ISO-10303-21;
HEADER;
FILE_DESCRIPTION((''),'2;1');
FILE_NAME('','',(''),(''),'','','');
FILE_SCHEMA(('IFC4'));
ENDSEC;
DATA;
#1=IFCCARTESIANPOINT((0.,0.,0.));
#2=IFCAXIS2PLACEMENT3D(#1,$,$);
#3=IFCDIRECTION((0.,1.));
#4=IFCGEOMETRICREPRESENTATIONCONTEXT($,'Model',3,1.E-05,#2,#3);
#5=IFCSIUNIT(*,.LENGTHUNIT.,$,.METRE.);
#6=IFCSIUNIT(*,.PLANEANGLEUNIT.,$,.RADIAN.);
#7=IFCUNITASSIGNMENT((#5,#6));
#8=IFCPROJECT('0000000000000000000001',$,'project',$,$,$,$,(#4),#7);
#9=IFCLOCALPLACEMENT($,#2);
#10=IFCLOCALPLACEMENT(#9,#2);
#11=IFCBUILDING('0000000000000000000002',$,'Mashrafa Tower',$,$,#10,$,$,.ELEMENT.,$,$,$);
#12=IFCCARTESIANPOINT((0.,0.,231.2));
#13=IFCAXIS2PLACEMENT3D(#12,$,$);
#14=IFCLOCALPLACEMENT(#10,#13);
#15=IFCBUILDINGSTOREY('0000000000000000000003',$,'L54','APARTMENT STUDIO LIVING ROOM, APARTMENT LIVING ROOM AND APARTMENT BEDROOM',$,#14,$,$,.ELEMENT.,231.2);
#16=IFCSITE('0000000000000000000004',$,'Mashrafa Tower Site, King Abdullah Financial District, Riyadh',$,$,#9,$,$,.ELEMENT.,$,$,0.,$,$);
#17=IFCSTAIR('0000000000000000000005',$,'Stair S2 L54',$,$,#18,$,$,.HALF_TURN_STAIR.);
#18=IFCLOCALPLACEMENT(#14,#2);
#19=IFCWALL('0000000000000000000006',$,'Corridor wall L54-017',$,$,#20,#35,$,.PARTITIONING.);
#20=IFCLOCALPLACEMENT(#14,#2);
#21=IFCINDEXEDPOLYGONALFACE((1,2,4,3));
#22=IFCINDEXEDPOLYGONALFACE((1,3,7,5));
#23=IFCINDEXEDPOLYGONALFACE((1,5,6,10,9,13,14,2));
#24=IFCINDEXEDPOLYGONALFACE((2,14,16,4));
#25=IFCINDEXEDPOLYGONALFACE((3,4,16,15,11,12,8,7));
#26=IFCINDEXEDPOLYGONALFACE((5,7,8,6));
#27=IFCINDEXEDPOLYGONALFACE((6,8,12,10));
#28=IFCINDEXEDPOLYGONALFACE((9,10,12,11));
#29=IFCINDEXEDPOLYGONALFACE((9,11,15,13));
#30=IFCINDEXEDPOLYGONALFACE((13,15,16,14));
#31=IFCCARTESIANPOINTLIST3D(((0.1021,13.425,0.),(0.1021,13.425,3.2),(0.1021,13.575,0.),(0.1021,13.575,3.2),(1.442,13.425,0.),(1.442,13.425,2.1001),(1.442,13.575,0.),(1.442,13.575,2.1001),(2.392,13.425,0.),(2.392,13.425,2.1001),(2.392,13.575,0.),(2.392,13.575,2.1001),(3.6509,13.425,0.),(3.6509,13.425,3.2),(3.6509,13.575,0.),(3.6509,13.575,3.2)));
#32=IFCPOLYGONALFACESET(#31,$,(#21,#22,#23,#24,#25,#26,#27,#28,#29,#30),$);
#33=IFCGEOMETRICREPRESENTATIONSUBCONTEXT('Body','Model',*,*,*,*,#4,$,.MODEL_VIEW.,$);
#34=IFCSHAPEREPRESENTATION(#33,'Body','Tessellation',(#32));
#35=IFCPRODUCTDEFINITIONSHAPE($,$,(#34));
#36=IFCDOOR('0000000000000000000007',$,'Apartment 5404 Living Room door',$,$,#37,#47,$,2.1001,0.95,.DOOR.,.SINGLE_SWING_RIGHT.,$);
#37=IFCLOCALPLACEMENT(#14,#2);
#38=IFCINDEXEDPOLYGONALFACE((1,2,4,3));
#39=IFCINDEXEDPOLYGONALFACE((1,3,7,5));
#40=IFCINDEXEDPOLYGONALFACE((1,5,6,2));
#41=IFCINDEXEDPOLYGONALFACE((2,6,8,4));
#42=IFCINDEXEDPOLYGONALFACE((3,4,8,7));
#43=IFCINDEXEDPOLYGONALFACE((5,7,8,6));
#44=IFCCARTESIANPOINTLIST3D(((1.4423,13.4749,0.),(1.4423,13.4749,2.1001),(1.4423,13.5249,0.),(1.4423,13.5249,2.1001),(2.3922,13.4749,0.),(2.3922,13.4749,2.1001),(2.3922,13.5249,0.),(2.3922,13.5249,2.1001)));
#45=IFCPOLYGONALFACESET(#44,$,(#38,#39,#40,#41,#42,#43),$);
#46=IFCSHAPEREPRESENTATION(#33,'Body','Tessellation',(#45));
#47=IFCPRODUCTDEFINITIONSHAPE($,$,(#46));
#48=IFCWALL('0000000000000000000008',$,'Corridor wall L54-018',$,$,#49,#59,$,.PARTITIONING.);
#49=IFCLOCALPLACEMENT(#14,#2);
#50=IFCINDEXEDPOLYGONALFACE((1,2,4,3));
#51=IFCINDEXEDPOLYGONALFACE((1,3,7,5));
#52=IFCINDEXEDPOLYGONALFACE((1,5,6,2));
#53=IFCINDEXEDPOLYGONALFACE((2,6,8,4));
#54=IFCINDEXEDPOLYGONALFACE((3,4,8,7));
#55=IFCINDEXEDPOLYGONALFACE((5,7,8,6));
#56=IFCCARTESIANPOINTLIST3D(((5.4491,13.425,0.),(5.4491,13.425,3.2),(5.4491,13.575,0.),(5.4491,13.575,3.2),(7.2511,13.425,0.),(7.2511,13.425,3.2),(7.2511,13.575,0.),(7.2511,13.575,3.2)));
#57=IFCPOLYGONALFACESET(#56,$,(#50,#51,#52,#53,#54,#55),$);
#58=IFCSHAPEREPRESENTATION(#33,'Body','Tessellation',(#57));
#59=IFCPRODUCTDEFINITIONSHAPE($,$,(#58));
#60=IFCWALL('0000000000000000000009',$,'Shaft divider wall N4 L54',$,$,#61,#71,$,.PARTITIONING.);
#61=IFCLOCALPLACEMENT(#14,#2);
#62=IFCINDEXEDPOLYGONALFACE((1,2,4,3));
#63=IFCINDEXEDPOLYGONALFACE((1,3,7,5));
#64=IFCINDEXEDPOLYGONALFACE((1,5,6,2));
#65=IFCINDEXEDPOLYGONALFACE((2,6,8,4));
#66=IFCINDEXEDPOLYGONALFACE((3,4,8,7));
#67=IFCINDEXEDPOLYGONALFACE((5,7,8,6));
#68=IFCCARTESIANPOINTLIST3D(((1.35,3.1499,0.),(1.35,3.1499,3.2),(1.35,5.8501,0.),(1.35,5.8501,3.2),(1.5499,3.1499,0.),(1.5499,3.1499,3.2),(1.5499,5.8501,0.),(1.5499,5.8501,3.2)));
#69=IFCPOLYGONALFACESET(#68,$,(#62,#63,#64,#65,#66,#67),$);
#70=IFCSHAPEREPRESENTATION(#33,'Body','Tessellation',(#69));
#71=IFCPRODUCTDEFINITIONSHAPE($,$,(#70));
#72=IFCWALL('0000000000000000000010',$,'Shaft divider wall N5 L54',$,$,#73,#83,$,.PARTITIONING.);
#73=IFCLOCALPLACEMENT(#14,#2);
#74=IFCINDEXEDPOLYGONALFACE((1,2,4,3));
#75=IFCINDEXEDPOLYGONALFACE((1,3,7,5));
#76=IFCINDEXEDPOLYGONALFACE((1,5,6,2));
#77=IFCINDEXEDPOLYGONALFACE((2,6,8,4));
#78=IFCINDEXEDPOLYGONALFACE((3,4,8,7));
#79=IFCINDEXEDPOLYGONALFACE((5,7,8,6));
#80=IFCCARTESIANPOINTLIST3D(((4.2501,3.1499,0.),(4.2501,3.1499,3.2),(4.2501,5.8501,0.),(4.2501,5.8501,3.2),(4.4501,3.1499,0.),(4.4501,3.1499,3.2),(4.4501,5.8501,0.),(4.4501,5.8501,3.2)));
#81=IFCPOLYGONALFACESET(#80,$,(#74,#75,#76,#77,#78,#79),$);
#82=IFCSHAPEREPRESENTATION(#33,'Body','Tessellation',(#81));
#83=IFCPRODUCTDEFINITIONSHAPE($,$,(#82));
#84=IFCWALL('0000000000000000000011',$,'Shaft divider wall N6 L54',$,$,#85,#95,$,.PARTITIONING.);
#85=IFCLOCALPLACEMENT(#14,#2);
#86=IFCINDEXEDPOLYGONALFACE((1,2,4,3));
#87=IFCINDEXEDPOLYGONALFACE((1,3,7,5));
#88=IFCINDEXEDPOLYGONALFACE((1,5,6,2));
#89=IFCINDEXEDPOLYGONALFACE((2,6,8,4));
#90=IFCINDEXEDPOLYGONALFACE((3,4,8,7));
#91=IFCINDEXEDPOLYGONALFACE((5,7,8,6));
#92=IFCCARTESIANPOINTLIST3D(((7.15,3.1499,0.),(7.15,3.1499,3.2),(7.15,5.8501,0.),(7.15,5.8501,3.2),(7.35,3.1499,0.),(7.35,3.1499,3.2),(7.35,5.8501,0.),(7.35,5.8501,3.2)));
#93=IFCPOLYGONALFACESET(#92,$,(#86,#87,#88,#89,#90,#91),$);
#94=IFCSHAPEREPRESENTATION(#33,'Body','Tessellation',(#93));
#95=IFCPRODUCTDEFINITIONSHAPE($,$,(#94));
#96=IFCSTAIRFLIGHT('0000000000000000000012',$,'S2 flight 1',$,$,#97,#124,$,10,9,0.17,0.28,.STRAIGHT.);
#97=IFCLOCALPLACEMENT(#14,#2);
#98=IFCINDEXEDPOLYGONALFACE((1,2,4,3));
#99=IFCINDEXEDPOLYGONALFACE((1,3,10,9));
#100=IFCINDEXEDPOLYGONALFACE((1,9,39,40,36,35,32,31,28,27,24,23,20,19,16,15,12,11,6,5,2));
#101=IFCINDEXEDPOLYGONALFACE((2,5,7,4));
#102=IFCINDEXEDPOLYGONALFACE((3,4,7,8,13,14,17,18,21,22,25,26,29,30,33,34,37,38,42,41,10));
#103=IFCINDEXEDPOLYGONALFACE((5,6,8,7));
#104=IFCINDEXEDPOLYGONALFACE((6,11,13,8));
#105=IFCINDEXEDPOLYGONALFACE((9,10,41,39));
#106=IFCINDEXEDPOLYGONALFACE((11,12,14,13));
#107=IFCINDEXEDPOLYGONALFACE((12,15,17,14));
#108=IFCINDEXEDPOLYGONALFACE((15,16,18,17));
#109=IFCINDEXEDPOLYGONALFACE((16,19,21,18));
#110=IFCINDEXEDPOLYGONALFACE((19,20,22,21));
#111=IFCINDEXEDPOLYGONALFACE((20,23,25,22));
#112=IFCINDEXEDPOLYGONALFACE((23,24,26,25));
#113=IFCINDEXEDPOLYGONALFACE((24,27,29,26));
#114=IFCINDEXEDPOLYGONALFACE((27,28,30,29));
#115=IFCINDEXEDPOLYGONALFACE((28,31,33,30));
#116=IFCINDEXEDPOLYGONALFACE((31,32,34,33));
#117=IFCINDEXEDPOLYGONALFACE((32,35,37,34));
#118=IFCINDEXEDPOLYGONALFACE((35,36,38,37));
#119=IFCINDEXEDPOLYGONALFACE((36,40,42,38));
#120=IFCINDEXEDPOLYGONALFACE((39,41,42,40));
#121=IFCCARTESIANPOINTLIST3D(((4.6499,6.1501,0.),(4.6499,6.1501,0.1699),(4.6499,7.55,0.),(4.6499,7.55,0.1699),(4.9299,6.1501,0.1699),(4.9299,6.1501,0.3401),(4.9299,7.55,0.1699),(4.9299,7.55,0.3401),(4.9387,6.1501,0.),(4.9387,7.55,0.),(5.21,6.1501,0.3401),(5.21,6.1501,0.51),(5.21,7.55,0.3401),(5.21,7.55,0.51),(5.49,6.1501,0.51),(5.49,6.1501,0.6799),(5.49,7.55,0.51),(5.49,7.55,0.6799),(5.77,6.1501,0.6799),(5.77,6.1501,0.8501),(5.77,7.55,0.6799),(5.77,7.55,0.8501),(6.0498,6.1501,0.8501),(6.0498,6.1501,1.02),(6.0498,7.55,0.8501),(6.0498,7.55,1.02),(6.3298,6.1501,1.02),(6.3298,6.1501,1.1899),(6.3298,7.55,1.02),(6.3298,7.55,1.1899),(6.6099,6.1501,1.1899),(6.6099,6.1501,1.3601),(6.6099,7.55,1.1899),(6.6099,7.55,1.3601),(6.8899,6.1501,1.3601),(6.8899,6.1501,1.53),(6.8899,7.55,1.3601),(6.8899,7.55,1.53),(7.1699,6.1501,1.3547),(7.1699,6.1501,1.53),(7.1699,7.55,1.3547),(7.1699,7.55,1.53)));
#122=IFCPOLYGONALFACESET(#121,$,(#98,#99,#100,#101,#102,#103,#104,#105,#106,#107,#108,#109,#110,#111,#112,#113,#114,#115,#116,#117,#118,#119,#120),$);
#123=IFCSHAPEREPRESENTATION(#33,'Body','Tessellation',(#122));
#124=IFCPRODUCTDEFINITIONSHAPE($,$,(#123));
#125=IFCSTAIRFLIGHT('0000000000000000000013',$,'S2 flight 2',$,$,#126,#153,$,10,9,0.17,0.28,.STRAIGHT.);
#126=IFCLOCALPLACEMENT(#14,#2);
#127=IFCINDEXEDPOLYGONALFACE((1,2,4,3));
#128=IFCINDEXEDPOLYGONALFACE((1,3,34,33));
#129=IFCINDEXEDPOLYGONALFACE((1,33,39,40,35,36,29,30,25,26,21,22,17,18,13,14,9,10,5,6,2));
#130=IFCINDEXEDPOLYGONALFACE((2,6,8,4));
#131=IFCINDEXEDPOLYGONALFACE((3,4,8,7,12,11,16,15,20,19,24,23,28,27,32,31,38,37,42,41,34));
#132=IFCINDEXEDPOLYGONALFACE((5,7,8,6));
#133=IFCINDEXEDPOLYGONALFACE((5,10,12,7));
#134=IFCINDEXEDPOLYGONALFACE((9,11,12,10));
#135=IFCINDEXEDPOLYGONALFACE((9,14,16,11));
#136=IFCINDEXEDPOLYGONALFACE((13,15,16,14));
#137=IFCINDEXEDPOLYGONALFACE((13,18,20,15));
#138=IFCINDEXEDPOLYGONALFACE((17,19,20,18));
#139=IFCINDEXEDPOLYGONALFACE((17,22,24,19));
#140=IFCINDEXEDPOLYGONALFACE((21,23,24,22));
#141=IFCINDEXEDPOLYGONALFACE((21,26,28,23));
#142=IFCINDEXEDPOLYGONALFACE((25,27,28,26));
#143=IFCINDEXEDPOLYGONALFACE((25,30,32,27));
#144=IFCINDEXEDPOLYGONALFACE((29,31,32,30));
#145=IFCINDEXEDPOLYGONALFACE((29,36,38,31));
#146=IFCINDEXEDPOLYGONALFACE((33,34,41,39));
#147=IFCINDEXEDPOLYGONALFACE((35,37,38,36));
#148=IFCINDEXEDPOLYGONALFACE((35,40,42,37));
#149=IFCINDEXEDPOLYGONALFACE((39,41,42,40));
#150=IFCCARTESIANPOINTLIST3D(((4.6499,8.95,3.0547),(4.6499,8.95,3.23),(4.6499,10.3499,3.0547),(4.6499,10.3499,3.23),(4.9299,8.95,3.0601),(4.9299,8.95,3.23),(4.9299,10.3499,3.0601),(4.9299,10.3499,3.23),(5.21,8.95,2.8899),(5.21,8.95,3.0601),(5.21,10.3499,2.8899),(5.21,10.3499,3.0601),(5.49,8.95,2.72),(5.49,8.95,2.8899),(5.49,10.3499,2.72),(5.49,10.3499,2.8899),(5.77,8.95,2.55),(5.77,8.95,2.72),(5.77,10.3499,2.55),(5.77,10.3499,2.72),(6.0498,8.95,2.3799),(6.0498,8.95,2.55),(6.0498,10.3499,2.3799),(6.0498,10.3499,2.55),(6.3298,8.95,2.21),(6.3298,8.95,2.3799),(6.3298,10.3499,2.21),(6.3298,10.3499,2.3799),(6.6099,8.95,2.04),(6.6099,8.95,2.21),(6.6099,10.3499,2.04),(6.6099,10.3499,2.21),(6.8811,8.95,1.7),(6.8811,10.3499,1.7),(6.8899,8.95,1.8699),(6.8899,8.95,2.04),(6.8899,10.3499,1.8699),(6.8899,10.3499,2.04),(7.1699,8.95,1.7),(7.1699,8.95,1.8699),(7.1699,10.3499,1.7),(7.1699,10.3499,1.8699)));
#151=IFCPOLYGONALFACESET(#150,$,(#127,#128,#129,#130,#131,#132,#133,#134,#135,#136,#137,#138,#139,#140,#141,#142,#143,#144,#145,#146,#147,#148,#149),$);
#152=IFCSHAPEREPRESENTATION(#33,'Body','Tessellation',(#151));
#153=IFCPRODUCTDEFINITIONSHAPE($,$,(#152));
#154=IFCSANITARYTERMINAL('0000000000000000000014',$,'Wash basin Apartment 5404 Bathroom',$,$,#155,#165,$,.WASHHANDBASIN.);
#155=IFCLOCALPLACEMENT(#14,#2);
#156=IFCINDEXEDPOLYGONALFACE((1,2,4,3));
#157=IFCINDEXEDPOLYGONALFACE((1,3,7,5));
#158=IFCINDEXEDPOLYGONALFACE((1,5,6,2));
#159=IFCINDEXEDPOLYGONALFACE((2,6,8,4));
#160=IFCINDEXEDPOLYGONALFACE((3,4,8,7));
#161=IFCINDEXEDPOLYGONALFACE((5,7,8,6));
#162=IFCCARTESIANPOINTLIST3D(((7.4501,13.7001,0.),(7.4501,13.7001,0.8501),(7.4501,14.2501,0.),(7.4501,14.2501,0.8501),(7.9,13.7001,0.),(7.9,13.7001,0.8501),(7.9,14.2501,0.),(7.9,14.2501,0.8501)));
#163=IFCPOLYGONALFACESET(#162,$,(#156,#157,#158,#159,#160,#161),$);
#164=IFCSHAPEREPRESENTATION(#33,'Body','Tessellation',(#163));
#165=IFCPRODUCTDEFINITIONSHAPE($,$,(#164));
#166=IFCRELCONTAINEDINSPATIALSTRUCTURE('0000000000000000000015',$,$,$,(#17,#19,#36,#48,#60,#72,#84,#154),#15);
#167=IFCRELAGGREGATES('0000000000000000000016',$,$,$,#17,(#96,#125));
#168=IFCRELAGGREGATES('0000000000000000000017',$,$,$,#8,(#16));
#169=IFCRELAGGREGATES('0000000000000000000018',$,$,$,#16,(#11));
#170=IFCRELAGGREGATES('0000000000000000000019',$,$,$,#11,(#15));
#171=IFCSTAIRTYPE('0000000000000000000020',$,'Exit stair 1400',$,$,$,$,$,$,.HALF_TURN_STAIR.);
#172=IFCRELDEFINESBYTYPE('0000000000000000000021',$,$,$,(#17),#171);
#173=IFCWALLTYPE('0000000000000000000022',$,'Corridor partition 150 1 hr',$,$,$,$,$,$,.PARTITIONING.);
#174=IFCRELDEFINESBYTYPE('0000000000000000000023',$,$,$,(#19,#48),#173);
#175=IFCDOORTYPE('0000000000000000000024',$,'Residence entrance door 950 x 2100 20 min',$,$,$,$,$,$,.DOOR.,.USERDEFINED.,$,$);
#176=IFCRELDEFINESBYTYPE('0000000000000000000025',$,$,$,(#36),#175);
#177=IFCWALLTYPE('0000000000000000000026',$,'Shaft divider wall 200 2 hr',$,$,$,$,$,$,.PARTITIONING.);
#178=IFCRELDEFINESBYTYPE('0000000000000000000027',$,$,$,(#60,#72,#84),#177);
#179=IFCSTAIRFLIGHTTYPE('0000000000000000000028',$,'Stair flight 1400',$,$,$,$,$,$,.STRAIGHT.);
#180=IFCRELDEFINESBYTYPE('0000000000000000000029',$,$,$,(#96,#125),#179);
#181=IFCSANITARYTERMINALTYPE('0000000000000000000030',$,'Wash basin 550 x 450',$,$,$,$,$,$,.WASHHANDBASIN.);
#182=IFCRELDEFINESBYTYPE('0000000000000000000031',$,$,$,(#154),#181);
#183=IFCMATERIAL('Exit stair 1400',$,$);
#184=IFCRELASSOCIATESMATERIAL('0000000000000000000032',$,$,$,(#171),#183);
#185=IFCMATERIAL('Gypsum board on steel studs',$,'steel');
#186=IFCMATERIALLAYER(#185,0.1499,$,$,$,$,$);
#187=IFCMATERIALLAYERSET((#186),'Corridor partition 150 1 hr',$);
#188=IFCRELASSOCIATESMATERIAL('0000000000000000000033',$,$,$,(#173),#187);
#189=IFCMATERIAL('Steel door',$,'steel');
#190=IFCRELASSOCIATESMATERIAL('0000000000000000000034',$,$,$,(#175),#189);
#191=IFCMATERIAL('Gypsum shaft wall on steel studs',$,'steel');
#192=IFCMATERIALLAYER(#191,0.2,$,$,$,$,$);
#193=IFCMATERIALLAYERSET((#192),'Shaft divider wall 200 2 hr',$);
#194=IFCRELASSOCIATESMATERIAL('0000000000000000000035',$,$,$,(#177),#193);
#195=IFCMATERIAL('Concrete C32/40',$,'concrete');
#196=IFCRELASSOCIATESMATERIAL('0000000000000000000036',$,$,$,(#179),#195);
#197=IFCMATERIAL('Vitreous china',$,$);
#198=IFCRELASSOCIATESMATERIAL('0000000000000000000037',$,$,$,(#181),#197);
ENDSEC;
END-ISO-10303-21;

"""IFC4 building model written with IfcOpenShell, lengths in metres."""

from ifc_helpers import new_model, si_unit, direction, frame, frame_2d, origin, origin_2d, place, context, subcontext, project, spatial, polyline, rectangle, outline, extrude, material, layer, layer_set, type_object, element, fill, aggregate, save


model = new_model("IFC4")

# Units and contexts
model_context = context("Model", 3, precision=1e-05, world=origin(), true_north=direction((0.0, 1.0)))
body_context = subcontext(model_context, "Body", "Model", "MODEL_VIEW")
ifc_project = project(units=[si_unit("LENGTHUNIT", "METRE"), si_unit("PLANEANGLEUNIT", "RADIAN")], contexts=[model_context])

# Site, building, storey
site_placement = place(None, origin())
site = spatial("IfcSite", under=ifc_project, at=site_placement, Name="Mashrafa Tower Site, King Abdullah Financial District, Riyadh", CompositionType="ELEMENT", RefElevation=0.0)
building_placement = place(site_placement, origin())
building = spatial("IfcBuilding", under=site, at=building_placement, Name="Mashrafa Tower", CompositionType="ELEMENT")
storey_placement = place(building_placement, frame((0.0, 0.0, 231.2)))
storey = spatial("IfcBuildingStorey", under=building, at=storey_placement, Name="L54", Description="APARTMENT STUDIO LIVING ROOM, APARTMENT LIVING ROOM AND APARTMENT BEDROOM", CompositionType="ELEMENT", Elevation=231.2)

# Stair
ifc_material_1 = material(Name="Exit stair 1400")
stair_type = type_object("IfcStairType", Name="Exit stair 1400", PredefinedType="HALF_TURN_STAIR", material=ifc_material_1)
stair_1_placement = place(storey_placement, origin())
stair_1 = element("IfcStair", 1, at=stair_1_placement, inside=storey, type_object=stair_type, Name="Stair S2 L54", PredefinedType="HALF_TURN_STAIR")

# Shared definitions
ifc_material_2 = material(Name="Gypsum board on steel studs", Category="steel")
ifc_layer_1 = layer(ifc_material_2, 0.1499)
ifc_layer_set_1 = layer_set([ifc_layer_1], Name="Corridor partition 150 1 hr")
wall_type_1 = type_object("IfcWallType", Name="Corridor partition 150 1 hr", PredefinedType="PARTITIONING", material=ifc_layer_set_1)

# Wall, opening, door
wall_1_placement = place(storey_placement, frame((3.6509, 13.5, 0.0), z_axis=(0.0, 0.0, 1.0), x_axis=(-1.0, 0.0, 0.0)))
wall_1 = element("IfcWall", 2, at=wall_1_placement, inside=storey, type_object=wall_type_1, Name="Corridor wall L54-017", PredefinedType="PARTITIONING", context=body_context, shape_type="SweptSolid", body=[
    extrude(rectangle(XDim=3.5488, YDim=0.1499, at=frame_2d((1.7744, 0.0))), origin(), (0.0, 0.0, 1.0), 3.2),
])
opening_1_placement = place(wall_1_placement, frame((1.2588, 0.0, 0.0)))
opening_1 = element("IfcOpeningElement", 3, at=opening_1_placement, cuts=wall_1, PredefinedType="OPENING", context=body_context, shape_type="SweptSolid", body=[
    extrude(rectangle(XDim=0.95, YDim=2.1001, at=frame_2d((0.4751, 1.05))), frame((0.0, 0.085, 0.0), z_axis=(0.0, -1.0, 0.0), x_axis=(1.0, 0.0, 0.0)), (0.0, 0.0, 1.0), 0.1699),
])
ifc_material_3 = material(Name="Steel door", Category="steel")
door_type_1 = type_object("IfcDoorType", Name="Residence entrance door 950 x 2100 20 min", OperationType="USERDEFINED", PredefinedType="DOOR", material=ifc_material_3)
door_1_placement = place(opening_1_placement, frame((0.95, 0.0, 0.0), z_axis=(0.0, 0.0, 1.0), x_axis=(-1.0, 0.0, 0.0)))
door_1 = element("IfcDoor", 4, at=door_1_placement, inside=storey, type_object=door_type_1, Name="Apartment 5404 Living Room door", OperationType="SINGLE_SWING_RIGHT", OverallHeight=2.1001, OverallWidth=0.95, PredefinedType="DOOR", context=body_context, shape_type="SweptSolid", body=[
    extrude(rectangle(XDim=0.95, YDim=2.1001, at=frame_2d((0.4751, 1.05))), frame((0.0, 0.0249, 0.0), z_axis=(0.0, -1.0, 0.0), x_axis=(1.0, 0.0, 0.0)), (0.0, 0.0, 1.0), 0.05),
])
fill(opening_1, door_1)

# Walls
wall_2_placement = place(storey_placement, frame((7.251, 13.5, 0.0), z_axis=(0.0, 0.0, 1.0), x_axis=(-1.0, 0.0, 0.0)))
element("IfcWall", 5, at=wall_2_placement, inside=storey, type_object=wall_type_1, Name="Corridor wall L54-018", PredefinedType="PARTITIONING", context=body_context, shape_type="SweptSolid", body=[
    extrude(rectangle(XDim=1.802, YDim=0.1499, at=frame_2d((0.9009, 0.0))), origin(), (0.0, 0.0, 1.0), 3.2),
])
ifc_material_4 = material(Name="Gypsum shaft wall on steel studs", Category="steel")
ifc_layer_2 = layer(ifc_material_4, 0.2)
ifc_layer_set_2 = layer_set([ifc_layer_2], Name="Shaft divider wall 200 2 hr")
wall_type_2 = type_object("IfcWallType", Name="Shaft divider wall 200 2 hr", PredefinedType="PARTITIONING", material=ifc_layer_set_2)
for number, where, z_axis, x_axis, name in (
    (6, (1.45, 3.1499, 0.0), (0.0, 0.0, 1.0), (0.0, 1.0, 0.0), "Shaft divider wall N4 L54"),
    (7, (4.3501, 3.1499, 0.0), (0.0, 0.0, 1.0), (0.0, 1.0, 0.0), "Shaft divider wall N5 L54"),
    (8, (7.25, 3.1499, 0.0), (0.0, 0.0, 1.0), (0.0, 1.0, 0.0), "Shaft divider wall N6 L54"),
):
    element("IfcWall", number, at=place(storey_placement, frame(where, z_axis=z_axis, x_axis=x_axis)), inside=storey, type_object=wall_type_2, Name=name, PredefinedType="PARTITIONING", context=body_context, shape_type="SweptSolid", body=[
        extrude(rectangle(XDim=2.7002, YDim=0.2, at=frame_2d((1.3501, 0.0))), origin(), (0.0, 0.0, 1.0), 3.2),
    ])

# Stair flights
ifc_material_5 = material(Name="Concrete C32/40", Category="concrete")
stair_flight_type = type_object("IfcStairFlightType", Name="Stair flight 1400", PredefinedType="STRAIGHT", material=ifc_material_5)
stair_flight_1_placement = place(storey_placement, frame((4.6499, 6.8501, 0.0), z_axis=(0.0, 0.0, 1.0), x_axis=(1.0, 0.0, 0.0)))
stair_flight_1 = element("IfcStairFlight", 9, at=stair_flight_1_placement, type_object=stair_flight_type, Name="S2 flight 1", NumberOfRisers=10, NumberOfTreads=9, PredefinedType="STRAIGHT", RiserHeight=0.17, TreadLength=0.28, context=body_context, shape_type="SweptSolid", body=[
    extrude(outline(polyline([(0.0, 0.0), (0.0, 0.1699), (0.28, 0.1699), (0.28, 0.3401), (0.5601, 0.3401), (0.5601, 0.51), (0.8401, 0.51), (0.8401, 0.6799), (1.1201, 0.6799), (1.1201, 0.8501), (1.3999, 0.8501), (1.3999, 1.02), (1.6799, 1.02), (1.6799, 1.1899), (1.96, 1.1899), (1.96, 1.3601), (2.24, 1.3601), (2.24, 1.53), (2.52, 1.53), (2.52, 1.7), (2.52, 1.3547), (0.2888, 0.0), (0.0, 0.0)])), frame((0.0, 0.7, 0.0), z_axis=(0.0, -1.0, 0.0), x_axis=(1.0, 0.0, 0.0)), (0.0, 0.0, 1.0), 1.3999),
])
stair_flight_2_placement = place(storey_placement, frame((7.1699, 9.6499, 1.7), z_axis=(0.0, 0.0, 1.0), x_axis=(-1.0, 0.0, 0.0)))
stair_flight_2 = element("IfcStairFlight", 10, at=stair_flight_2_placement, type_object=stair_flight_type, Name="S2 flight 2", NumberOfRisers=10, NumberOfTreads=9, PredefinedType="STRAIGHT", RiserHeight=0.17, TreadLength=0.28, context=body_context, shape_type="SweptSolid", body=[
    extrude(outline(polyline([(0.0, 0.0), (0.0, 0.1699), (0.28, 0.1699), (0.28, 0.3401), (0.5601, 0.3401), (0.5601, 0.51), (0.8401, 0.51), (0.8401, 0.6799), (1.1201, 0.6799), (1.1201, 0.8501), (1.3999, 0.8501), (1.3999, 1.02), (1.6799, 1.02), (1.6799, 1.1899), (1.96, 1.1899), (1.96, 1.3601), (2.24, 1.3601), (2.24, 1.53), (2.52, 1.53), (2.52, 1.7), (2.52, 1.3547), (0.2888, 0.0), (0.0, 0.0)])), frame((0.0, 0.7, 0.0), z_axis=(0.0, -1.0, 0.0), x_axis=(1.0, 0.0, 0.0)), (0.0, 0.0, 1.0), 1.3999),
])
aggregate(stair_1, [stair_flight_1, stair_flight_2])

# Sanitary terminal
ifc_material_6 = material(Name="Vitreous china")
sanitary_terminal_type = type_object("IfcSanitaryTerminalType", Name="Wash basin 550 x 450", PredefinedType="WASHHANDBASIN", material=ifc_material_6)
sanitary_terminal_placement = place(storey_placement, frame((7.675, 13.9751, 0.0), z_axis=(0.0, 0.0, 1.0), x_axis=(0.0, -1.0, 0.0)))
element("IfcSanitaryTerminal", 11, at=sanitary_terminal_placement, inside=storey, type_object=sanitary_terminal_type, Name="Wash basin Apartment 5404 Bathroom", PredefinedType="WASHHANDBASIN", context=body_context, shape_type="SweptSolid", body=[
    extrude(rectangle(XDim=0.55, YDim=0.45, at=origin_2d()), origin(), (0.0, 0.0, 1.0), 0.8501),
])

save(model, "model.ifc")
